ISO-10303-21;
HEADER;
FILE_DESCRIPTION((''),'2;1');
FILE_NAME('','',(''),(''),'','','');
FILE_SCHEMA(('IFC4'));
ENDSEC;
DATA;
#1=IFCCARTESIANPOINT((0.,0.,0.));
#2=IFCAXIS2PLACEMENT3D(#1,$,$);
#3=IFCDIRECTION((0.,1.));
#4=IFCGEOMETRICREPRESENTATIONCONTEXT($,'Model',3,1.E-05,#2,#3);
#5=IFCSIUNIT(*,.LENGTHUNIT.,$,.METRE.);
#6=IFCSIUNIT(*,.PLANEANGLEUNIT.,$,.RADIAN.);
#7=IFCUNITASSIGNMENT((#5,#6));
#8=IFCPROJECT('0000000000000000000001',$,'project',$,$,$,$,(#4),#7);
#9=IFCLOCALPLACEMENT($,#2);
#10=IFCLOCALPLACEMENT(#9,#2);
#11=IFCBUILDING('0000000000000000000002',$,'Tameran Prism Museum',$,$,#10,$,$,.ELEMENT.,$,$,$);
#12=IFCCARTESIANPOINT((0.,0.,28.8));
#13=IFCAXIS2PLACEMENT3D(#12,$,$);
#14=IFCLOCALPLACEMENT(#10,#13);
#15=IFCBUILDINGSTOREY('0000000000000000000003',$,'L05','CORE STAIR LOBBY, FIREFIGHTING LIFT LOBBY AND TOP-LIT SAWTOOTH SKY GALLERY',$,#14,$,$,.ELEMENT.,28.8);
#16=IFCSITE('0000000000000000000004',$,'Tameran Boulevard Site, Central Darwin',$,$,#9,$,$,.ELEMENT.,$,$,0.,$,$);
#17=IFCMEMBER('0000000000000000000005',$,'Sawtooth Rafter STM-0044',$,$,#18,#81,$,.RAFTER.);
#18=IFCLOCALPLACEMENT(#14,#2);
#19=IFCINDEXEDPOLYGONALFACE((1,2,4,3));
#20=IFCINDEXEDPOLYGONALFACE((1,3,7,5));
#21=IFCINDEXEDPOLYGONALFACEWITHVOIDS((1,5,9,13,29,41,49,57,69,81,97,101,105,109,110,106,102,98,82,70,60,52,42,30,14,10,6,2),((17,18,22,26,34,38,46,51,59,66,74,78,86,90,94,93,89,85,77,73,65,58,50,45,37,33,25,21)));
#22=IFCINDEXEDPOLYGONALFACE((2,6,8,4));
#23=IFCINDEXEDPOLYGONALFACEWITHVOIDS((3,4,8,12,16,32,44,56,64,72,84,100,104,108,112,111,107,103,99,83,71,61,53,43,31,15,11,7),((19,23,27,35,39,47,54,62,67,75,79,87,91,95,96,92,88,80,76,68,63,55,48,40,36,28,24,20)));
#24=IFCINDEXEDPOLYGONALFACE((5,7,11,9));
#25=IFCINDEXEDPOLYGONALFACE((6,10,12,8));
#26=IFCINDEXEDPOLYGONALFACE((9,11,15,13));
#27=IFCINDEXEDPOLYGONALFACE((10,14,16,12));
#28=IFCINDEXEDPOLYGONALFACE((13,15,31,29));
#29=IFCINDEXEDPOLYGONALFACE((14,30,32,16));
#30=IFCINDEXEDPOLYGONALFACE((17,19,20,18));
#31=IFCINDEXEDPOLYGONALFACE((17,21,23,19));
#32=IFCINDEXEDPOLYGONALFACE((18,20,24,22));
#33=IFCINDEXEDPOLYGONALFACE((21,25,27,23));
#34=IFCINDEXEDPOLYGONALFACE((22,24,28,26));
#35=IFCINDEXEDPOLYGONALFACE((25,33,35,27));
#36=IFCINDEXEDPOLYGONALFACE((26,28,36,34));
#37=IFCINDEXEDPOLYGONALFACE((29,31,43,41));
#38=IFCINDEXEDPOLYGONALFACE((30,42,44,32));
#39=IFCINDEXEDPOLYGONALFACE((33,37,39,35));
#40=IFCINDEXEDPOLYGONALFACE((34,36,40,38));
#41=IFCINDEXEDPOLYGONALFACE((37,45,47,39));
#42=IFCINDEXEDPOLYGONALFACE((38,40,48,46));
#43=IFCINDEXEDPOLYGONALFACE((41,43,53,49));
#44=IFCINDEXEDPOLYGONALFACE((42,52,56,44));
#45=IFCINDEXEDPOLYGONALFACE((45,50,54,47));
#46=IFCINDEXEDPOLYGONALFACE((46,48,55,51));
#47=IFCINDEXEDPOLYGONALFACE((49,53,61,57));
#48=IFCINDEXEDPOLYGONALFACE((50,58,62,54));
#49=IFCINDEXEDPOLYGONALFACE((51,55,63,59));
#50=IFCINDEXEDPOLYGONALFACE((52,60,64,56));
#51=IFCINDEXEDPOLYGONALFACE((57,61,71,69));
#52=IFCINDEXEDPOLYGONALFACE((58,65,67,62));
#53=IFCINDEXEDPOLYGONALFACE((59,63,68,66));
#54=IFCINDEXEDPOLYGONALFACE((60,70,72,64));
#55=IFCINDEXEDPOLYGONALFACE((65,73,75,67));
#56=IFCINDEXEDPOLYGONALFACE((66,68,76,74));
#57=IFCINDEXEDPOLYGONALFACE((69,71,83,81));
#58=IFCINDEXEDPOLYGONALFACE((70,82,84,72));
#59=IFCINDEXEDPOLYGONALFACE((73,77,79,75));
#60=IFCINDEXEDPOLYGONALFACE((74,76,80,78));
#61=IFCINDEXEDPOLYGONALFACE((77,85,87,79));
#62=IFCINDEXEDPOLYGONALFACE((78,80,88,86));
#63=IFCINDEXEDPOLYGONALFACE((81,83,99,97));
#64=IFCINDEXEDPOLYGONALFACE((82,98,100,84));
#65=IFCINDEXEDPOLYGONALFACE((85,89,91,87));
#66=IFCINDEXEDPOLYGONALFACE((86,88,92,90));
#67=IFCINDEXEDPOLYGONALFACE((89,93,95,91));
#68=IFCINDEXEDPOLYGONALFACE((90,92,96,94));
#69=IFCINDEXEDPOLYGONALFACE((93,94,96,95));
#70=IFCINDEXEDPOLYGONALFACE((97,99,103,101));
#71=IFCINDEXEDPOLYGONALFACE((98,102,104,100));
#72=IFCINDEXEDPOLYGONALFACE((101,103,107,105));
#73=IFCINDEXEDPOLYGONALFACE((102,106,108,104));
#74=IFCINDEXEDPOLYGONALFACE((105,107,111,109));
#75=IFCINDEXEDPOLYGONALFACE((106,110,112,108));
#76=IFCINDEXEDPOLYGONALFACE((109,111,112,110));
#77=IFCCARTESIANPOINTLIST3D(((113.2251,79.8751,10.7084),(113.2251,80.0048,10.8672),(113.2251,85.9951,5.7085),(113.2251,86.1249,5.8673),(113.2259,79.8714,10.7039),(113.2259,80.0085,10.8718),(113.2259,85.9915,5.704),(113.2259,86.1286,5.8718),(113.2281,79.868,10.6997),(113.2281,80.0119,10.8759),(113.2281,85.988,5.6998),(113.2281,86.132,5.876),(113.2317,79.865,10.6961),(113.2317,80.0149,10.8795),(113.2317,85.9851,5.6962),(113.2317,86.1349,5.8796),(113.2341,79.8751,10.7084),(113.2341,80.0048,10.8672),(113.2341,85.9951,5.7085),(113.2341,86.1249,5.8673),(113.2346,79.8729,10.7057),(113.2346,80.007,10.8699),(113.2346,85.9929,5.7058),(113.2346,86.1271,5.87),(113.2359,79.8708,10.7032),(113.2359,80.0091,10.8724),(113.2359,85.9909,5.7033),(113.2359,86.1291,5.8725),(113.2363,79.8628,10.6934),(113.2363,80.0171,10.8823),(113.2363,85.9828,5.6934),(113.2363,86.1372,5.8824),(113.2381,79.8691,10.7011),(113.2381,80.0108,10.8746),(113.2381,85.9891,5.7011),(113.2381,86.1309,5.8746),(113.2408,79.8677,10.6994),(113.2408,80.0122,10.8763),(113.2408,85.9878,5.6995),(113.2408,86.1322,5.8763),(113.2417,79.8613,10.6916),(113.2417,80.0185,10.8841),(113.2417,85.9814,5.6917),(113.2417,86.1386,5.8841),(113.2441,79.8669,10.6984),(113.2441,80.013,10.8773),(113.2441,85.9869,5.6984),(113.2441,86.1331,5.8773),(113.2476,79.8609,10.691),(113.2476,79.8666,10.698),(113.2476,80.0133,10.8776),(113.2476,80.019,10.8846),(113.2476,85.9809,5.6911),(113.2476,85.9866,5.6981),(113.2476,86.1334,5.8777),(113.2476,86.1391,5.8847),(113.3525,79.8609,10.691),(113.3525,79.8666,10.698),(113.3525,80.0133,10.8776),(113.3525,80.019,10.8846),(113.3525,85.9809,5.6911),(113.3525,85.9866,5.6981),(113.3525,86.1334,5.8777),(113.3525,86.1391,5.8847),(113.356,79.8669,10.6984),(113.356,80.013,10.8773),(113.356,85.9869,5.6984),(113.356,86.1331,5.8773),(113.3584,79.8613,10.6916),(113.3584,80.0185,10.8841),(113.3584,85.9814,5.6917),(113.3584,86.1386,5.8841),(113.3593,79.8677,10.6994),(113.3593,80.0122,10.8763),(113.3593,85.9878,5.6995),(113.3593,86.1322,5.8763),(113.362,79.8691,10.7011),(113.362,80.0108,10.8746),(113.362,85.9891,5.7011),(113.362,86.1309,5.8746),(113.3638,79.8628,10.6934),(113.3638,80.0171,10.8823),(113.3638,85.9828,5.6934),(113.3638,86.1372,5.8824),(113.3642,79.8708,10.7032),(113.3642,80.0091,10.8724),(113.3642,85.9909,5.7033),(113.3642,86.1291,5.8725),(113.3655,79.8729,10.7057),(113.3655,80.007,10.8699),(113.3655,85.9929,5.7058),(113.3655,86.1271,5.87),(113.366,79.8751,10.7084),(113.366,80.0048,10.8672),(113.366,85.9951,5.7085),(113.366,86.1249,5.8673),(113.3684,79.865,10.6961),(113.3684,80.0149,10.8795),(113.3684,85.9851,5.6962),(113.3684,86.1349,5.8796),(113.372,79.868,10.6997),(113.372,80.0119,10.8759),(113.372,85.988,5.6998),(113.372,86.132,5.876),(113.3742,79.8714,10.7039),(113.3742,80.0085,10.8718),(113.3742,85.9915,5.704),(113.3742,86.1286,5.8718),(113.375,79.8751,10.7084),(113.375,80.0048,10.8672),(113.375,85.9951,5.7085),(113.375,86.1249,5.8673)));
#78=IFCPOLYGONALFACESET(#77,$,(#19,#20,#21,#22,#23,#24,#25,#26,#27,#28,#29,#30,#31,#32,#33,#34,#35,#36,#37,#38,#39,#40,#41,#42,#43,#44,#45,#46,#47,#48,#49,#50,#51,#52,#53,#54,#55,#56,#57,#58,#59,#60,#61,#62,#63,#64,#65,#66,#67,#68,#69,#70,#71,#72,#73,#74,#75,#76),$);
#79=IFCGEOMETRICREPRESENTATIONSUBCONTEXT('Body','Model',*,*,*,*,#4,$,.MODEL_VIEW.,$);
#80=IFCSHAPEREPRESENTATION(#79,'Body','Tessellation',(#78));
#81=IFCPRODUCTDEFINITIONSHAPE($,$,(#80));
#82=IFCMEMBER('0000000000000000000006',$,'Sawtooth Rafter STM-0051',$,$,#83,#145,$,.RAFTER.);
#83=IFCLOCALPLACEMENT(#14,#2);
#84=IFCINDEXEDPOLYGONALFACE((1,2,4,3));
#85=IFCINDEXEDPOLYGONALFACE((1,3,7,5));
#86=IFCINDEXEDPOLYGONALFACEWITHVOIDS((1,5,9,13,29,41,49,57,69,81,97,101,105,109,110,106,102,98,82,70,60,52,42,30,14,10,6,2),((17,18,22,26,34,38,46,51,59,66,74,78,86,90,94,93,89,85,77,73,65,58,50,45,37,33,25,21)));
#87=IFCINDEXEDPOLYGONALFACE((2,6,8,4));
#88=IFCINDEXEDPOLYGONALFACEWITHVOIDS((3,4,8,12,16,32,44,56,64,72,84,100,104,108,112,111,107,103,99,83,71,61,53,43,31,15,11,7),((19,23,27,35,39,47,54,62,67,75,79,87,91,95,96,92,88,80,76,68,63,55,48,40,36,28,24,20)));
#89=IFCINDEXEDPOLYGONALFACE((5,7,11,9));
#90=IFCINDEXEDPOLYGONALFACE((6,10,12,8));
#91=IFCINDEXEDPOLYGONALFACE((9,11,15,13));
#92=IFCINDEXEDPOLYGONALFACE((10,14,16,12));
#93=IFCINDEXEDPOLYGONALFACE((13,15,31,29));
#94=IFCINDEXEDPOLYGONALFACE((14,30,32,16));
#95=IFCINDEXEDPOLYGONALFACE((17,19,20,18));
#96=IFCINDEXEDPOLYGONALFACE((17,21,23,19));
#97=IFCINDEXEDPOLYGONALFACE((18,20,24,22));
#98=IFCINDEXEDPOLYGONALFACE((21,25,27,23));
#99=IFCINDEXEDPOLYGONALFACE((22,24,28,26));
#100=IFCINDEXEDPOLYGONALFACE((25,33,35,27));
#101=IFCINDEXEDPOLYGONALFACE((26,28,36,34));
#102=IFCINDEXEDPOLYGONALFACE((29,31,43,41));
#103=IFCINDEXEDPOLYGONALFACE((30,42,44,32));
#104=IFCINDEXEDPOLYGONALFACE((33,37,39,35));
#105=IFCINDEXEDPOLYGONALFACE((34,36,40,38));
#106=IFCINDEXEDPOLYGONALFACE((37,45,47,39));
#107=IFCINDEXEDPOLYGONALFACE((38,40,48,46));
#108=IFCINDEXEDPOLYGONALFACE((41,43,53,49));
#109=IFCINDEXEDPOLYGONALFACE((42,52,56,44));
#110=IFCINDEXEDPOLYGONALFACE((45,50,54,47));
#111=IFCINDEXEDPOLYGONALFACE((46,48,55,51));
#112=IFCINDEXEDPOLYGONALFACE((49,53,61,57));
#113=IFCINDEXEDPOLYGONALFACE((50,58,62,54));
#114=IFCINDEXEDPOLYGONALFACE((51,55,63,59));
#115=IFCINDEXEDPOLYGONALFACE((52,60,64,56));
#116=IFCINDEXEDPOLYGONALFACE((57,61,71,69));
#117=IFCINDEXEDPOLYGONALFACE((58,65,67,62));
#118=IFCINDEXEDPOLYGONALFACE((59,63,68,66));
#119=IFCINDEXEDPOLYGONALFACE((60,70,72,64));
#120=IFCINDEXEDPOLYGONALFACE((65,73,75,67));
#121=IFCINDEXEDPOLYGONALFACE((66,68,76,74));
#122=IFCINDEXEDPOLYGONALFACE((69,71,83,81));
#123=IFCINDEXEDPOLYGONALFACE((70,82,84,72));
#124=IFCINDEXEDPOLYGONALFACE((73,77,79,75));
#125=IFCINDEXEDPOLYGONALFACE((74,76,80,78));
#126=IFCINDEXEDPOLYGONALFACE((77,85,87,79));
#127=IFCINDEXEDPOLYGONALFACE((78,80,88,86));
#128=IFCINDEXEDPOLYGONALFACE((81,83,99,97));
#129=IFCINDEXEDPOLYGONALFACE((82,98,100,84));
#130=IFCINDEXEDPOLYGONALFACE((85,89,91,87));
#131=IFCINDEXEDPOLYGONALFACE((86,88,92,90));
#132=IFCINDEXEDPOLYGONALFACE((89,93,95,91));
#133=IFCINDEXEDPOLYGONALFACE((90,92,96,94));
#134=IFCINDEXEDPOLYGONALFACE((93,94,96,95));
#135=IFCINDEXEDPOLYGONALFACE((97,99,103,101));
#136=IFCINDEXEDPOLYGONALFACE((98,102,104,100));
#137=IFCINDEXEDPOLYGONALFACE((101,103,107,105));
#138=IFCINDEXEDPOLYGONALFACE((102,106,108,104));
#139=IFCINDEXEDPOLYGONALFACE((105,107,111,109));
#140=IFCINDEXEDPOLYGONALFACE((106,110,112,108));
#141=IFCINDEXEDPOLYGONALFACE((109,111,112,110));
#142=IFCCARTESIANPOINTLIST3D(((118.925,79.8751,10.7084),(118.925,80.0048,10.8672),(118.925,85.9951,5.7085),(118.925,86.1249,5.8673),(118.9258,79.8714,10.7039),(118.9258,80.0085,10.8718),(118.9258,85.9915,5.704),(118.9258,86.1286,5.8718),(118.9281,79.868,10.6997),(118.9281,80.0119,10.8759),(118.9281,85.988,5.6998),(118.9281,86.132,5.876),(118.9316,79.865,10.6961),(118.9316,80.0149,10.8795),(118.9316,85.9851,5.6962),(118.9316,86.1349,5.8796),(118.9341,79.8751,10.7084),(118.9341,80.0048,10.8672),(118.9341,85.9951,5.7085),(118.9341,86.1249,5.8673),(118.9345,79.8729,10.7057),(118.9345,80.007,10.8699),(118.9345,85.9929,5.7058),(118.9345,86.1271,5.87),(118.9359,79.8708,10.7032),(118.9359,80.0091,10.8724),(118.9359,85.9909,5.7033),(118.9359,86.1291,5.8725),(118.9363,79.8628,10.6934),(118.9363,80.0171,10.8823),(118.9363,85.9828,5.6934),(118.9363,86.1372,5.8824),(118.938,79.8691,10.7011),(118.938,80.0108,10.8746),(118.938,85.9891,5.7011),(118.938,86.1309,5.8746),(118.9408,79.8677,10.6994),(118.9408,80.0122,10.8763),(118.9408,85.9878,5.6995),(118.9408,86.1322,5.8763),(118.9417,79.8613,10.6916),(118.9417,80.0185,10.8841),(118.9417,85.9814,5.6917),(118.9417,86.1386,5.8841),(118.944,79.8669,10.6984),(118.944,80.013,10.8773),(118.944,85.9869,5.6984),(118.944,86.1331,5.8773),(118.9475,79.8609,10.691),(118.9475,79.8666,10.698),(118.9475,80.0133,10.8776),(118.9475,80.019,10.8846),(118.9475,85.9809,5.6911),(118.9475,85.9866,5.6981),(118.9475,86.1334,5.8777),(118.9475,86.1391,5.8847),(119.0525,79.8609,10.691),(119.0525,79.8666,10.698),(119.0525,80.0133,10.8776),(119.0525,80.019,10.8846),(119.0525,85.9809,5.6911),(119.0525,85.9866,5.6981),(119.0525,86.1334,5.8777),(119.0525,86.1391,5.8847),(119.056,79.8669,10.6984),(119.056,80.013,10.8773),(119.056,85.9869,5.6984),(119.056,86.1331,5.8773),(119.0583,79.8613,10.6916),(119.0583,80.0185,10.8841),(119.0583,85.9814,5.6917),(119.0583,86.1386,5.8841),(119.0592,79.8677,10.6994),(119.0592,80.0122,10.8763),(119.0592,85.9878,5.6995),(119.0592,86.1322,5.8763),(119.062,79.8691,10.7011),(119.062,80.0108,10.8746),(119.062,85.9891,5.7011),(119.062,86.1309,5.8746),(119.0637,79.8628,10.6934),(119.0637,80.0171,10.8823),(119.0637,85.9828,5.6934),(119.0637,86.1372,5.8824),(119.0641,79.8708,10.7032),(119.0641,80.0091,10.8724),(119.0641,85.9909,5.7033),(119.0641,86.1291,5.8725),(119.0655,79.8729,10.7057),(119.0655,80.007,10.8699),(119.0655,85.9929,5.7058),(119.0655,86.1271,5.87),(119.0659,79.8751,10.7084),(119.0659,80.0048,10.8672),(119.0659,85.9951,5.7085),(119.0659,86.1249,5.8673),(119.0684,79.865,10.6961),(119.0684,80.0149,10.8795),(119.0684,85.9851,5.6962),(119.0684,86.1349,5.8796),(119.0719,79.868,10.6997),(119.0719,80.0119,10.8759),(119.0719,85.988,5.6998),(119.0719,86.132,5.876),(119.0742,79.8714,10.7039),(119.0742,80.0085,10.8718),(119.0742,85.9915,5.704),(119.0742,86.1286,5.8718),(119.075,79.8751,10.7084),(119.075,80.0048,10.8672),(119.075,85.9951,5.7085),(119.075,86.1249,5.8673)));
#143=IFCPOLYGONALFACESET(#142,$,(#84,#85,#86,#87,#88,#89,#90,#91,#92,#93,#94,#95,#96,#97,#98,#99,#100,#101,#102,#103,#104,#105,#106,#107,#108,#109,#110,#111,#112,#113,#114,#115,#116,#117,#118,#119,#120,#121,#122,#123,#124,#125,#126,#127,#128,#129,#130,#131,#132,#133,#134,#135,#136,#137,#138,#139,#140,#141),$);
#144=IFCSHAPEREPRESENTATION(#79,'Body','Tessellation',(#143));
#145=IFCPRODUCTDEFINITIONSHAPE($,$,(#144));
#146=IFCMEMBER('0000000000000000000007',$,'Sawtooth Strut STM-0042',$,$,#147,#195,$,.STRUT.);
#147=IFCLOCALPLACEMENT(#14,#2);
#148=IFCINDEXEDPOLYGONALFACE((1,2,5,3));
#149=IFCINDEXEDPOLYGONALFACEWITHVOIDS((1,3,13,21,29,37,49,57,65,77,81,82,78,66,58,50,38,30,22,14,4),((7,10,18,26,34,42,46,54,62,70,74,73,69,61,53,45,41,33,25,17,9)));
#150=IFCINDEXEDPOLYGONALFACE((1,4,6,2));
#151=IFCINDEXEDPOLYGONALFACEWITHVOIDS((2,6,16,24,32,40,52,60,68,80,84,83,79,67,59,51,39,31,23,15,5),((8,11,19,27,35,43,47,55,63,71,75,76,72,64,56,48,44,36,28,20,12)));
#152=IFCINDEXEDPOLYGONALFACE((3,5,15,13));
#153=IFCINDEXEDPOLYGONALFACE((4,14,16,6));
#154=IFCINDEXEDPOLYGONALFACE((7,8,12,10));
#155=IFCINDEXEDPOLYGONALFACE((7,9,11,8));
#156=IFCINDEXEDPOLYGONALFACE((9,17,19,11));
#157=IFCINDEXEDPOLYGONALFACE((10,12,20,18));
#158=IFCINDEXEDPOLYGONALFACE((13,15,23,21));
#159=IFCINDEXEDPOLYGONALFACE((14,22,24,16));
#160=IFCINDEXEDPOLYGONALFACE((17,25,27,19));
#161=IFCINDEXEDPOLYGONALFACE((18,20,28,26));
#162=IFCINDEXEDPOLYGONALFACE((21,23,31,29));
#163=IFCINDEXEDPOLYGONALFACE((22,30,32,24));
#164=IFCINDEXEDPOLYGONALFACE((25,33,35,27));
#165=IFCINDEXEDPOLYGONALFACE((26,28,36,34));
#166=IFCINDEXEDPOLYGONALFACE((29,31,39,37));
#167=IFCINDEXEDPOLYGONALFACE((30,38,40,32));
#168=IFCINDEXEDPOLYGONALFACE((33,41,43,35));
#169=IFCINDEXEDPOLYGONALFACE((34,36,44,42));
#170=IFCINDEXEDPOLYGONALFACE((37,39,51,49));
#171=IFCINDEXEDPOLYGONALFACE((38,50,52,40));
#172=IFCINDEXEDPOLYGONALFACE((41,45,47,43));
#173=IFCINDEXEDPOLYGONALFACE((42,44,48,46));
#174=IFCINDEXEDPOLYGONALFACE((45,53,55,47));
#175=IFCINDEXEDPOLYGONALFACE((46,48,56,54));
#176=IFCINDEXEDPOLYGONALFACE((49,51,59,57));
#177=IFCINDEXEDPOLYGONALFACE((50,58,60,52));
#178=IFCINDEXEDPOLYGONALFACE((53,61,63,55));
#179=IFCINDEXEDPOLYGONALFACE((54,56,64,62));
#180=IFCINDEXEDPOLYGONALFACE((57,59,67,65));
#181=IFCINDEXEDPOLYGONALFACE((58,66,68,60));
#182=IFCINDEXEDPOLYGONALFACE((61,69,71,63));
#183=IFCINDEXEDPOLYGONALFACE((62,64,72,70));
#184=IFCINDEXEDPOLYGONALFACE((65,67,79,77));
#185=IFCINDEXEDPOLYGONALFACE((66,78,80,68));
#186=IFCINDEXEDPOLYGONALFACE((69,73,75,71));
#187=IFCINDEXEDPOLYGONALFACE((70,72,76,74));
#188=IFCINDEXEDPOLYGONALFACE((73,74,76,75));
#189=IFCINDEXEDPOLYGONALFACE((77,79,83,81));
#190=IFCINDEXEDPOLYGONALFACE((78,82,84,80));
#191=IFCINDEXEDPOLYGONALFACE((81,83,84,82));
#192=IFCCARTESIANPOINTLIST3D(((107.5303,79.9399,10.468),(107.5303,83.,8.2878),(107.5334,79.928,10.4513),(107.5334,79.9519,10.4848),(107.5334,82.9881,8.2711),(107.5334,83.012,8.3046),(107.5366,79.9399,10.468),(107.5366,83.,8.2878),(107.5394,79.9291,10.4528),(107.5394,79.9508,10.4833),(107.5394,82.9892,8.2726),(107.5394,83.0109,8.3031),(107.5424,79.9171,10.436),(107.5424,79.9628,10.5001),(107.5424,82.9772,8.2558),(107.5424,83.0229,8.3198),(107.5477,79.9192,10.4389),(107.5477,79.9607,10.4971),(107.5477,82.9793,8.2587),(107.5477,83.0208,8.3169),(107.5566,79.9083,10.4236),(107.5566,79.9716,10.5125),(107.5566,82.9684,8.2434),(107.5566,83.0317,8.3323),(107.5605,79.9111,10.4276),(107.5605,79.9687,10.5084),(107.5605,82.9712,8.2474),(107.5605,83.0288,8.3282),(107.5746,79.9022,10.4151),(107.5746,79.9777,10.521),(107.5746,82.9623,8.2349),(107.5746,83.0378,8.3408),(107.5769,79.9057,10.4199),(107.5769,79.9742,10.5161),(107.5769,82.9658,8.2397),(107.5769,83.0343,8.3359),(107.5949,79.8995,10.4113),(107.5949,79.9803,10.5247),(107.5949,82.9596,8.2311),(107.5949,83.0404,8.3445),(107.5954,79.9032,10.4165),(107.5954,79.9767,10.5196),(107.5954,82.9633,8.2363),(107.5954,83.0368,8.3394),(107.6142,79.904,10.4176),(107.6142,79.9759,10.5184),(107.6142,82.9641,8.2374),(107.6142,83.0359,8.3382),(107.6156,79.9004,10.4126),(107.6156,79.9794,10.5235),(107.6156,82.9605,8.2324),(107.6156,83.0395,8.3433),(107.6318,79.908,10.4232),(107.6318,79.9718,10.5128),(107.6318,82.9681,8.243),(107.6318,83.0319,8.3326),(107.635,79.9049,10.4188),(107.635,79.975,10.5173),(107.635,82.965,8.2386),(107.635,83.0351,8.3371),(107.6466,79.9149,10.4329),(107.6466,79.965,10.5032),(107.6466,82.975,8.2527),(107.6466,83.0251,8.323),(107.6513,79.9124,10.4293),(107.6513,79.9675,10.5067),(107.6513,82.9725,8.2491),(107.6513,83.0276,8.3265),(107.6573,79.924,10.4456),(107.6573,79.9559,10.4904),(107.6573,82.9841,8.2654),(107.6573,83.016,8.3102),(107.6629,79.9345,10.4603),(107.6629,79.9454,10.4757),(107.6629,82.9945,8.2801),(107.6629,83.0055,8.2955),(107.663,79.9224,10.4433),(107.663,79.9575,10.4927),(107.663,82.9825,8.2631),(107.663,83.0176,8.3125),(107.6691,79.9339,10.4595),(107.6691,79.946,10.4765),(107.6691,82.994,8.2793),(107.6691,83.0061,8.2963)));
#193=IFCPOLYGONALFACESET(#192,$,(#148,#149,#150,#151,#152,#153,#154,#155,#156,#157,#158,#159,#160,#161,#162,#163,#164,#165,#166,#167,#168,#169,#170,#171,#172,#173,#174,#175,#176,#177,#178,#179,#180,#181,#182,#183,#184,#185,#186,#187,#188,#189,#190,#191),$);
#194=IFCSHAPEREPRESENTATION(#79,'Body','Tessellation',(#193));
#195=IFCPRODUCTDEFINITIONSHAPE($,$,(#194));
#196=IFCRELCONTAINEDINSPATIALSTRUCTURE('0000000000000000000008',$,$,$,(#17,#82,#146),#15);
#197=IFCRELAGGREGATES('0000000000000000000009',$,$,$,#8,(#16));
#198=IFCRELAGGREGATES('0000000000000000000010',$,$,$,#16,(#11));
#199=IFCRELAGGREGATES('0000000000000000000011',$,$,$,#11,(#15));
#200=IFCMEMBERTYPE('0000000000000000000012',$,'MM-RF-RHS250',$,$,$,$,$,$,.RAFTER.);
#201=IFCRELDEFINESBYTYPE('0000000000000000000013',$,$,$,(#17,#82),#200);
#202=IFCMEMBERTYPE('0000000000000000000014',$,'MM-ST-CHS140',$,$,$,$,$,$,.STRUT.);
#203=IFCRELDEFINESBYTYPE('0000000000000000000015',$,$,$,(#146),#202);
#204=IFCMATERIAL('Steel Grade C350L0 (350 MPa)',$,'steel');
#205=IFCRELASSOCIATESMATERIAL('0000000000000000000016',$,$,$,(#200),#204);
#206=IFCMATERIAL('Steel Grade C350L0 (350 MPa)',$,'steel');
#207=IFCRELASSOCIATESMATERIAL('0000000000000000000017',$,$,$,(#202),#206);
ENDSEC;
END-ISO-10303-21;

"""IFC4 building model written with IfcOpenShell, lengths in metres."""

from ifc_helpers import new_model, si_unit, direction, frame, origin, origin_2d, place, context, subcontext, project, spatial, hollow_rectangle, hollow_circle, extrude, material, material_profile, profile_set, type_object, element, save


model = new_model("IFC4")

# Units and contexts
model_context = context("Model", 3, precision=1e-05, world=origin(), true_north=direction((0.0, 1.0)))
body_context = subcontext(model_context, "Body", "Model", "MODEL_VIEW")
ifc_project = project(units=[si_unit("LENGTHUNIT", "METRE"), si_unit("PLANEANGLEUNIT", "RADIAN")], contexts=[model_context])

# Site, building, storey
site_placement = place(None, origin())
site = spatial("IfcSite", under=ifc_project, at=site_placement, Name="Tameran Boulevard Site, Central Darwin", CompositionType="ELEMENT", RefElevation=0.0)
building_placement = place(site_placement, origin())
building = spatial("IfcBuilding", under=site, at=building_placement, Name="Tameran Prism Museum", CompositionType="ELEMENT")
storey_placement = place(building_placement, frame((0.0, 0.0, 28.8)))
storey = spatial("IfcBuildingStorey", under=building, at=storey_placement, Name="L05", Description="CORE STAIR LOBBY, FIREFIGHTING LIFT LOBBY AND TOP-LIT SAWTOOTH SKY GALLERY", CompositionType="ELEMENT", Elevation=28.8)

# Members
ifc_material_1 = material(Name="Steel Grade C350L0 (350 MPa)", Category="steel")
ifc_material_profile_1 = material_profile(ifc_material_1, hollow_rectangle(XDim=0.1499, YDim=0.25, WallThickness=0.009, InnerFilletRadius=0.0134, OuterFilletRadius=0.0225, at=origin_2d()))
ifc_profile_set_1 = profile_set([ifc_material_profile_1])
member_type_1 = type_object("IfcMemberType", Name="MM-RF-RHS250", PredefinedType="RAFTER", material=ifc_profile_set_1)
for number, where, z_axis, x_axis, name in (
    (1, (113.3, 79.9399, 10.7878), (0.0, 0.774414, -0.632679), (-1.0, 0.0, 0.0), "Sawtooth Rafter STM-0044"),
    (2, (119.0, 79.9399, 10.7878), (0.0, 0.774414, -0.632679), (-1.0, 0.0, 0.0), "Sawtooth Rafter STM-0051"),
):
    element("IfcMember", number, at=place(storey_placement, frame(where, z_axis=z_axis, x_axis=x_axis)), inside=storey, type_object=member_type_1, Name=name, PredefinedType="RAFTER", context=body_context, shape_type="SweptSolid", body=[
        extrude(hollow_rectangle(XDim=0.1499, YDim=0.25, WallThickness=0.009, InnerFilletRadius=0.0134, OuterFilletRadius=0.0225, at=origin_2d()), origin(), (0.0, 0.0, 1.0), 7.9028),
    ])
ifc_material_2 = material(Name="Steel Grade C350L0 (350 MPa)", Category="steel")
ifc_material_profile_2 = material_profile(ifc_material_2, hollow_circle(Radius=0.0698, WallThickness=0.0063, at=origin_2d()))
ifc_profile_set_2 = profile_set([ifc_material_profile_2])
member_type_2 = type_object("IfcMemberType", Name="MM-ST-CHS140", PredefinedType="STRUT", material=ifc_profile_set_2)
for number, where, z_axis, x_axis, name in (
    (3, (107.6001, 79.9399, 10.468), (0.0, 0.814435, -0.580254), (-1.0, 0.0, 0.0), "Sawtooth Strut STM-0042"),
):
    element("IfcMember", number, at=place(storey_placement, frame(where, z_axis=z_axis, x_axis=x_axis)), inside=storey, type_object=member_type_2, Name=name, PredefinedType="STRUT", context=body_context, shape_type="SweptSolid", body=[
        extrude(hollow_circle(Radius=0.0698, WallThickness=0.0063, at=origin_2d()), origin(), (0.0, 0.0, 1.0), 3.7573),
    ])

save(model, "model.ifc")
